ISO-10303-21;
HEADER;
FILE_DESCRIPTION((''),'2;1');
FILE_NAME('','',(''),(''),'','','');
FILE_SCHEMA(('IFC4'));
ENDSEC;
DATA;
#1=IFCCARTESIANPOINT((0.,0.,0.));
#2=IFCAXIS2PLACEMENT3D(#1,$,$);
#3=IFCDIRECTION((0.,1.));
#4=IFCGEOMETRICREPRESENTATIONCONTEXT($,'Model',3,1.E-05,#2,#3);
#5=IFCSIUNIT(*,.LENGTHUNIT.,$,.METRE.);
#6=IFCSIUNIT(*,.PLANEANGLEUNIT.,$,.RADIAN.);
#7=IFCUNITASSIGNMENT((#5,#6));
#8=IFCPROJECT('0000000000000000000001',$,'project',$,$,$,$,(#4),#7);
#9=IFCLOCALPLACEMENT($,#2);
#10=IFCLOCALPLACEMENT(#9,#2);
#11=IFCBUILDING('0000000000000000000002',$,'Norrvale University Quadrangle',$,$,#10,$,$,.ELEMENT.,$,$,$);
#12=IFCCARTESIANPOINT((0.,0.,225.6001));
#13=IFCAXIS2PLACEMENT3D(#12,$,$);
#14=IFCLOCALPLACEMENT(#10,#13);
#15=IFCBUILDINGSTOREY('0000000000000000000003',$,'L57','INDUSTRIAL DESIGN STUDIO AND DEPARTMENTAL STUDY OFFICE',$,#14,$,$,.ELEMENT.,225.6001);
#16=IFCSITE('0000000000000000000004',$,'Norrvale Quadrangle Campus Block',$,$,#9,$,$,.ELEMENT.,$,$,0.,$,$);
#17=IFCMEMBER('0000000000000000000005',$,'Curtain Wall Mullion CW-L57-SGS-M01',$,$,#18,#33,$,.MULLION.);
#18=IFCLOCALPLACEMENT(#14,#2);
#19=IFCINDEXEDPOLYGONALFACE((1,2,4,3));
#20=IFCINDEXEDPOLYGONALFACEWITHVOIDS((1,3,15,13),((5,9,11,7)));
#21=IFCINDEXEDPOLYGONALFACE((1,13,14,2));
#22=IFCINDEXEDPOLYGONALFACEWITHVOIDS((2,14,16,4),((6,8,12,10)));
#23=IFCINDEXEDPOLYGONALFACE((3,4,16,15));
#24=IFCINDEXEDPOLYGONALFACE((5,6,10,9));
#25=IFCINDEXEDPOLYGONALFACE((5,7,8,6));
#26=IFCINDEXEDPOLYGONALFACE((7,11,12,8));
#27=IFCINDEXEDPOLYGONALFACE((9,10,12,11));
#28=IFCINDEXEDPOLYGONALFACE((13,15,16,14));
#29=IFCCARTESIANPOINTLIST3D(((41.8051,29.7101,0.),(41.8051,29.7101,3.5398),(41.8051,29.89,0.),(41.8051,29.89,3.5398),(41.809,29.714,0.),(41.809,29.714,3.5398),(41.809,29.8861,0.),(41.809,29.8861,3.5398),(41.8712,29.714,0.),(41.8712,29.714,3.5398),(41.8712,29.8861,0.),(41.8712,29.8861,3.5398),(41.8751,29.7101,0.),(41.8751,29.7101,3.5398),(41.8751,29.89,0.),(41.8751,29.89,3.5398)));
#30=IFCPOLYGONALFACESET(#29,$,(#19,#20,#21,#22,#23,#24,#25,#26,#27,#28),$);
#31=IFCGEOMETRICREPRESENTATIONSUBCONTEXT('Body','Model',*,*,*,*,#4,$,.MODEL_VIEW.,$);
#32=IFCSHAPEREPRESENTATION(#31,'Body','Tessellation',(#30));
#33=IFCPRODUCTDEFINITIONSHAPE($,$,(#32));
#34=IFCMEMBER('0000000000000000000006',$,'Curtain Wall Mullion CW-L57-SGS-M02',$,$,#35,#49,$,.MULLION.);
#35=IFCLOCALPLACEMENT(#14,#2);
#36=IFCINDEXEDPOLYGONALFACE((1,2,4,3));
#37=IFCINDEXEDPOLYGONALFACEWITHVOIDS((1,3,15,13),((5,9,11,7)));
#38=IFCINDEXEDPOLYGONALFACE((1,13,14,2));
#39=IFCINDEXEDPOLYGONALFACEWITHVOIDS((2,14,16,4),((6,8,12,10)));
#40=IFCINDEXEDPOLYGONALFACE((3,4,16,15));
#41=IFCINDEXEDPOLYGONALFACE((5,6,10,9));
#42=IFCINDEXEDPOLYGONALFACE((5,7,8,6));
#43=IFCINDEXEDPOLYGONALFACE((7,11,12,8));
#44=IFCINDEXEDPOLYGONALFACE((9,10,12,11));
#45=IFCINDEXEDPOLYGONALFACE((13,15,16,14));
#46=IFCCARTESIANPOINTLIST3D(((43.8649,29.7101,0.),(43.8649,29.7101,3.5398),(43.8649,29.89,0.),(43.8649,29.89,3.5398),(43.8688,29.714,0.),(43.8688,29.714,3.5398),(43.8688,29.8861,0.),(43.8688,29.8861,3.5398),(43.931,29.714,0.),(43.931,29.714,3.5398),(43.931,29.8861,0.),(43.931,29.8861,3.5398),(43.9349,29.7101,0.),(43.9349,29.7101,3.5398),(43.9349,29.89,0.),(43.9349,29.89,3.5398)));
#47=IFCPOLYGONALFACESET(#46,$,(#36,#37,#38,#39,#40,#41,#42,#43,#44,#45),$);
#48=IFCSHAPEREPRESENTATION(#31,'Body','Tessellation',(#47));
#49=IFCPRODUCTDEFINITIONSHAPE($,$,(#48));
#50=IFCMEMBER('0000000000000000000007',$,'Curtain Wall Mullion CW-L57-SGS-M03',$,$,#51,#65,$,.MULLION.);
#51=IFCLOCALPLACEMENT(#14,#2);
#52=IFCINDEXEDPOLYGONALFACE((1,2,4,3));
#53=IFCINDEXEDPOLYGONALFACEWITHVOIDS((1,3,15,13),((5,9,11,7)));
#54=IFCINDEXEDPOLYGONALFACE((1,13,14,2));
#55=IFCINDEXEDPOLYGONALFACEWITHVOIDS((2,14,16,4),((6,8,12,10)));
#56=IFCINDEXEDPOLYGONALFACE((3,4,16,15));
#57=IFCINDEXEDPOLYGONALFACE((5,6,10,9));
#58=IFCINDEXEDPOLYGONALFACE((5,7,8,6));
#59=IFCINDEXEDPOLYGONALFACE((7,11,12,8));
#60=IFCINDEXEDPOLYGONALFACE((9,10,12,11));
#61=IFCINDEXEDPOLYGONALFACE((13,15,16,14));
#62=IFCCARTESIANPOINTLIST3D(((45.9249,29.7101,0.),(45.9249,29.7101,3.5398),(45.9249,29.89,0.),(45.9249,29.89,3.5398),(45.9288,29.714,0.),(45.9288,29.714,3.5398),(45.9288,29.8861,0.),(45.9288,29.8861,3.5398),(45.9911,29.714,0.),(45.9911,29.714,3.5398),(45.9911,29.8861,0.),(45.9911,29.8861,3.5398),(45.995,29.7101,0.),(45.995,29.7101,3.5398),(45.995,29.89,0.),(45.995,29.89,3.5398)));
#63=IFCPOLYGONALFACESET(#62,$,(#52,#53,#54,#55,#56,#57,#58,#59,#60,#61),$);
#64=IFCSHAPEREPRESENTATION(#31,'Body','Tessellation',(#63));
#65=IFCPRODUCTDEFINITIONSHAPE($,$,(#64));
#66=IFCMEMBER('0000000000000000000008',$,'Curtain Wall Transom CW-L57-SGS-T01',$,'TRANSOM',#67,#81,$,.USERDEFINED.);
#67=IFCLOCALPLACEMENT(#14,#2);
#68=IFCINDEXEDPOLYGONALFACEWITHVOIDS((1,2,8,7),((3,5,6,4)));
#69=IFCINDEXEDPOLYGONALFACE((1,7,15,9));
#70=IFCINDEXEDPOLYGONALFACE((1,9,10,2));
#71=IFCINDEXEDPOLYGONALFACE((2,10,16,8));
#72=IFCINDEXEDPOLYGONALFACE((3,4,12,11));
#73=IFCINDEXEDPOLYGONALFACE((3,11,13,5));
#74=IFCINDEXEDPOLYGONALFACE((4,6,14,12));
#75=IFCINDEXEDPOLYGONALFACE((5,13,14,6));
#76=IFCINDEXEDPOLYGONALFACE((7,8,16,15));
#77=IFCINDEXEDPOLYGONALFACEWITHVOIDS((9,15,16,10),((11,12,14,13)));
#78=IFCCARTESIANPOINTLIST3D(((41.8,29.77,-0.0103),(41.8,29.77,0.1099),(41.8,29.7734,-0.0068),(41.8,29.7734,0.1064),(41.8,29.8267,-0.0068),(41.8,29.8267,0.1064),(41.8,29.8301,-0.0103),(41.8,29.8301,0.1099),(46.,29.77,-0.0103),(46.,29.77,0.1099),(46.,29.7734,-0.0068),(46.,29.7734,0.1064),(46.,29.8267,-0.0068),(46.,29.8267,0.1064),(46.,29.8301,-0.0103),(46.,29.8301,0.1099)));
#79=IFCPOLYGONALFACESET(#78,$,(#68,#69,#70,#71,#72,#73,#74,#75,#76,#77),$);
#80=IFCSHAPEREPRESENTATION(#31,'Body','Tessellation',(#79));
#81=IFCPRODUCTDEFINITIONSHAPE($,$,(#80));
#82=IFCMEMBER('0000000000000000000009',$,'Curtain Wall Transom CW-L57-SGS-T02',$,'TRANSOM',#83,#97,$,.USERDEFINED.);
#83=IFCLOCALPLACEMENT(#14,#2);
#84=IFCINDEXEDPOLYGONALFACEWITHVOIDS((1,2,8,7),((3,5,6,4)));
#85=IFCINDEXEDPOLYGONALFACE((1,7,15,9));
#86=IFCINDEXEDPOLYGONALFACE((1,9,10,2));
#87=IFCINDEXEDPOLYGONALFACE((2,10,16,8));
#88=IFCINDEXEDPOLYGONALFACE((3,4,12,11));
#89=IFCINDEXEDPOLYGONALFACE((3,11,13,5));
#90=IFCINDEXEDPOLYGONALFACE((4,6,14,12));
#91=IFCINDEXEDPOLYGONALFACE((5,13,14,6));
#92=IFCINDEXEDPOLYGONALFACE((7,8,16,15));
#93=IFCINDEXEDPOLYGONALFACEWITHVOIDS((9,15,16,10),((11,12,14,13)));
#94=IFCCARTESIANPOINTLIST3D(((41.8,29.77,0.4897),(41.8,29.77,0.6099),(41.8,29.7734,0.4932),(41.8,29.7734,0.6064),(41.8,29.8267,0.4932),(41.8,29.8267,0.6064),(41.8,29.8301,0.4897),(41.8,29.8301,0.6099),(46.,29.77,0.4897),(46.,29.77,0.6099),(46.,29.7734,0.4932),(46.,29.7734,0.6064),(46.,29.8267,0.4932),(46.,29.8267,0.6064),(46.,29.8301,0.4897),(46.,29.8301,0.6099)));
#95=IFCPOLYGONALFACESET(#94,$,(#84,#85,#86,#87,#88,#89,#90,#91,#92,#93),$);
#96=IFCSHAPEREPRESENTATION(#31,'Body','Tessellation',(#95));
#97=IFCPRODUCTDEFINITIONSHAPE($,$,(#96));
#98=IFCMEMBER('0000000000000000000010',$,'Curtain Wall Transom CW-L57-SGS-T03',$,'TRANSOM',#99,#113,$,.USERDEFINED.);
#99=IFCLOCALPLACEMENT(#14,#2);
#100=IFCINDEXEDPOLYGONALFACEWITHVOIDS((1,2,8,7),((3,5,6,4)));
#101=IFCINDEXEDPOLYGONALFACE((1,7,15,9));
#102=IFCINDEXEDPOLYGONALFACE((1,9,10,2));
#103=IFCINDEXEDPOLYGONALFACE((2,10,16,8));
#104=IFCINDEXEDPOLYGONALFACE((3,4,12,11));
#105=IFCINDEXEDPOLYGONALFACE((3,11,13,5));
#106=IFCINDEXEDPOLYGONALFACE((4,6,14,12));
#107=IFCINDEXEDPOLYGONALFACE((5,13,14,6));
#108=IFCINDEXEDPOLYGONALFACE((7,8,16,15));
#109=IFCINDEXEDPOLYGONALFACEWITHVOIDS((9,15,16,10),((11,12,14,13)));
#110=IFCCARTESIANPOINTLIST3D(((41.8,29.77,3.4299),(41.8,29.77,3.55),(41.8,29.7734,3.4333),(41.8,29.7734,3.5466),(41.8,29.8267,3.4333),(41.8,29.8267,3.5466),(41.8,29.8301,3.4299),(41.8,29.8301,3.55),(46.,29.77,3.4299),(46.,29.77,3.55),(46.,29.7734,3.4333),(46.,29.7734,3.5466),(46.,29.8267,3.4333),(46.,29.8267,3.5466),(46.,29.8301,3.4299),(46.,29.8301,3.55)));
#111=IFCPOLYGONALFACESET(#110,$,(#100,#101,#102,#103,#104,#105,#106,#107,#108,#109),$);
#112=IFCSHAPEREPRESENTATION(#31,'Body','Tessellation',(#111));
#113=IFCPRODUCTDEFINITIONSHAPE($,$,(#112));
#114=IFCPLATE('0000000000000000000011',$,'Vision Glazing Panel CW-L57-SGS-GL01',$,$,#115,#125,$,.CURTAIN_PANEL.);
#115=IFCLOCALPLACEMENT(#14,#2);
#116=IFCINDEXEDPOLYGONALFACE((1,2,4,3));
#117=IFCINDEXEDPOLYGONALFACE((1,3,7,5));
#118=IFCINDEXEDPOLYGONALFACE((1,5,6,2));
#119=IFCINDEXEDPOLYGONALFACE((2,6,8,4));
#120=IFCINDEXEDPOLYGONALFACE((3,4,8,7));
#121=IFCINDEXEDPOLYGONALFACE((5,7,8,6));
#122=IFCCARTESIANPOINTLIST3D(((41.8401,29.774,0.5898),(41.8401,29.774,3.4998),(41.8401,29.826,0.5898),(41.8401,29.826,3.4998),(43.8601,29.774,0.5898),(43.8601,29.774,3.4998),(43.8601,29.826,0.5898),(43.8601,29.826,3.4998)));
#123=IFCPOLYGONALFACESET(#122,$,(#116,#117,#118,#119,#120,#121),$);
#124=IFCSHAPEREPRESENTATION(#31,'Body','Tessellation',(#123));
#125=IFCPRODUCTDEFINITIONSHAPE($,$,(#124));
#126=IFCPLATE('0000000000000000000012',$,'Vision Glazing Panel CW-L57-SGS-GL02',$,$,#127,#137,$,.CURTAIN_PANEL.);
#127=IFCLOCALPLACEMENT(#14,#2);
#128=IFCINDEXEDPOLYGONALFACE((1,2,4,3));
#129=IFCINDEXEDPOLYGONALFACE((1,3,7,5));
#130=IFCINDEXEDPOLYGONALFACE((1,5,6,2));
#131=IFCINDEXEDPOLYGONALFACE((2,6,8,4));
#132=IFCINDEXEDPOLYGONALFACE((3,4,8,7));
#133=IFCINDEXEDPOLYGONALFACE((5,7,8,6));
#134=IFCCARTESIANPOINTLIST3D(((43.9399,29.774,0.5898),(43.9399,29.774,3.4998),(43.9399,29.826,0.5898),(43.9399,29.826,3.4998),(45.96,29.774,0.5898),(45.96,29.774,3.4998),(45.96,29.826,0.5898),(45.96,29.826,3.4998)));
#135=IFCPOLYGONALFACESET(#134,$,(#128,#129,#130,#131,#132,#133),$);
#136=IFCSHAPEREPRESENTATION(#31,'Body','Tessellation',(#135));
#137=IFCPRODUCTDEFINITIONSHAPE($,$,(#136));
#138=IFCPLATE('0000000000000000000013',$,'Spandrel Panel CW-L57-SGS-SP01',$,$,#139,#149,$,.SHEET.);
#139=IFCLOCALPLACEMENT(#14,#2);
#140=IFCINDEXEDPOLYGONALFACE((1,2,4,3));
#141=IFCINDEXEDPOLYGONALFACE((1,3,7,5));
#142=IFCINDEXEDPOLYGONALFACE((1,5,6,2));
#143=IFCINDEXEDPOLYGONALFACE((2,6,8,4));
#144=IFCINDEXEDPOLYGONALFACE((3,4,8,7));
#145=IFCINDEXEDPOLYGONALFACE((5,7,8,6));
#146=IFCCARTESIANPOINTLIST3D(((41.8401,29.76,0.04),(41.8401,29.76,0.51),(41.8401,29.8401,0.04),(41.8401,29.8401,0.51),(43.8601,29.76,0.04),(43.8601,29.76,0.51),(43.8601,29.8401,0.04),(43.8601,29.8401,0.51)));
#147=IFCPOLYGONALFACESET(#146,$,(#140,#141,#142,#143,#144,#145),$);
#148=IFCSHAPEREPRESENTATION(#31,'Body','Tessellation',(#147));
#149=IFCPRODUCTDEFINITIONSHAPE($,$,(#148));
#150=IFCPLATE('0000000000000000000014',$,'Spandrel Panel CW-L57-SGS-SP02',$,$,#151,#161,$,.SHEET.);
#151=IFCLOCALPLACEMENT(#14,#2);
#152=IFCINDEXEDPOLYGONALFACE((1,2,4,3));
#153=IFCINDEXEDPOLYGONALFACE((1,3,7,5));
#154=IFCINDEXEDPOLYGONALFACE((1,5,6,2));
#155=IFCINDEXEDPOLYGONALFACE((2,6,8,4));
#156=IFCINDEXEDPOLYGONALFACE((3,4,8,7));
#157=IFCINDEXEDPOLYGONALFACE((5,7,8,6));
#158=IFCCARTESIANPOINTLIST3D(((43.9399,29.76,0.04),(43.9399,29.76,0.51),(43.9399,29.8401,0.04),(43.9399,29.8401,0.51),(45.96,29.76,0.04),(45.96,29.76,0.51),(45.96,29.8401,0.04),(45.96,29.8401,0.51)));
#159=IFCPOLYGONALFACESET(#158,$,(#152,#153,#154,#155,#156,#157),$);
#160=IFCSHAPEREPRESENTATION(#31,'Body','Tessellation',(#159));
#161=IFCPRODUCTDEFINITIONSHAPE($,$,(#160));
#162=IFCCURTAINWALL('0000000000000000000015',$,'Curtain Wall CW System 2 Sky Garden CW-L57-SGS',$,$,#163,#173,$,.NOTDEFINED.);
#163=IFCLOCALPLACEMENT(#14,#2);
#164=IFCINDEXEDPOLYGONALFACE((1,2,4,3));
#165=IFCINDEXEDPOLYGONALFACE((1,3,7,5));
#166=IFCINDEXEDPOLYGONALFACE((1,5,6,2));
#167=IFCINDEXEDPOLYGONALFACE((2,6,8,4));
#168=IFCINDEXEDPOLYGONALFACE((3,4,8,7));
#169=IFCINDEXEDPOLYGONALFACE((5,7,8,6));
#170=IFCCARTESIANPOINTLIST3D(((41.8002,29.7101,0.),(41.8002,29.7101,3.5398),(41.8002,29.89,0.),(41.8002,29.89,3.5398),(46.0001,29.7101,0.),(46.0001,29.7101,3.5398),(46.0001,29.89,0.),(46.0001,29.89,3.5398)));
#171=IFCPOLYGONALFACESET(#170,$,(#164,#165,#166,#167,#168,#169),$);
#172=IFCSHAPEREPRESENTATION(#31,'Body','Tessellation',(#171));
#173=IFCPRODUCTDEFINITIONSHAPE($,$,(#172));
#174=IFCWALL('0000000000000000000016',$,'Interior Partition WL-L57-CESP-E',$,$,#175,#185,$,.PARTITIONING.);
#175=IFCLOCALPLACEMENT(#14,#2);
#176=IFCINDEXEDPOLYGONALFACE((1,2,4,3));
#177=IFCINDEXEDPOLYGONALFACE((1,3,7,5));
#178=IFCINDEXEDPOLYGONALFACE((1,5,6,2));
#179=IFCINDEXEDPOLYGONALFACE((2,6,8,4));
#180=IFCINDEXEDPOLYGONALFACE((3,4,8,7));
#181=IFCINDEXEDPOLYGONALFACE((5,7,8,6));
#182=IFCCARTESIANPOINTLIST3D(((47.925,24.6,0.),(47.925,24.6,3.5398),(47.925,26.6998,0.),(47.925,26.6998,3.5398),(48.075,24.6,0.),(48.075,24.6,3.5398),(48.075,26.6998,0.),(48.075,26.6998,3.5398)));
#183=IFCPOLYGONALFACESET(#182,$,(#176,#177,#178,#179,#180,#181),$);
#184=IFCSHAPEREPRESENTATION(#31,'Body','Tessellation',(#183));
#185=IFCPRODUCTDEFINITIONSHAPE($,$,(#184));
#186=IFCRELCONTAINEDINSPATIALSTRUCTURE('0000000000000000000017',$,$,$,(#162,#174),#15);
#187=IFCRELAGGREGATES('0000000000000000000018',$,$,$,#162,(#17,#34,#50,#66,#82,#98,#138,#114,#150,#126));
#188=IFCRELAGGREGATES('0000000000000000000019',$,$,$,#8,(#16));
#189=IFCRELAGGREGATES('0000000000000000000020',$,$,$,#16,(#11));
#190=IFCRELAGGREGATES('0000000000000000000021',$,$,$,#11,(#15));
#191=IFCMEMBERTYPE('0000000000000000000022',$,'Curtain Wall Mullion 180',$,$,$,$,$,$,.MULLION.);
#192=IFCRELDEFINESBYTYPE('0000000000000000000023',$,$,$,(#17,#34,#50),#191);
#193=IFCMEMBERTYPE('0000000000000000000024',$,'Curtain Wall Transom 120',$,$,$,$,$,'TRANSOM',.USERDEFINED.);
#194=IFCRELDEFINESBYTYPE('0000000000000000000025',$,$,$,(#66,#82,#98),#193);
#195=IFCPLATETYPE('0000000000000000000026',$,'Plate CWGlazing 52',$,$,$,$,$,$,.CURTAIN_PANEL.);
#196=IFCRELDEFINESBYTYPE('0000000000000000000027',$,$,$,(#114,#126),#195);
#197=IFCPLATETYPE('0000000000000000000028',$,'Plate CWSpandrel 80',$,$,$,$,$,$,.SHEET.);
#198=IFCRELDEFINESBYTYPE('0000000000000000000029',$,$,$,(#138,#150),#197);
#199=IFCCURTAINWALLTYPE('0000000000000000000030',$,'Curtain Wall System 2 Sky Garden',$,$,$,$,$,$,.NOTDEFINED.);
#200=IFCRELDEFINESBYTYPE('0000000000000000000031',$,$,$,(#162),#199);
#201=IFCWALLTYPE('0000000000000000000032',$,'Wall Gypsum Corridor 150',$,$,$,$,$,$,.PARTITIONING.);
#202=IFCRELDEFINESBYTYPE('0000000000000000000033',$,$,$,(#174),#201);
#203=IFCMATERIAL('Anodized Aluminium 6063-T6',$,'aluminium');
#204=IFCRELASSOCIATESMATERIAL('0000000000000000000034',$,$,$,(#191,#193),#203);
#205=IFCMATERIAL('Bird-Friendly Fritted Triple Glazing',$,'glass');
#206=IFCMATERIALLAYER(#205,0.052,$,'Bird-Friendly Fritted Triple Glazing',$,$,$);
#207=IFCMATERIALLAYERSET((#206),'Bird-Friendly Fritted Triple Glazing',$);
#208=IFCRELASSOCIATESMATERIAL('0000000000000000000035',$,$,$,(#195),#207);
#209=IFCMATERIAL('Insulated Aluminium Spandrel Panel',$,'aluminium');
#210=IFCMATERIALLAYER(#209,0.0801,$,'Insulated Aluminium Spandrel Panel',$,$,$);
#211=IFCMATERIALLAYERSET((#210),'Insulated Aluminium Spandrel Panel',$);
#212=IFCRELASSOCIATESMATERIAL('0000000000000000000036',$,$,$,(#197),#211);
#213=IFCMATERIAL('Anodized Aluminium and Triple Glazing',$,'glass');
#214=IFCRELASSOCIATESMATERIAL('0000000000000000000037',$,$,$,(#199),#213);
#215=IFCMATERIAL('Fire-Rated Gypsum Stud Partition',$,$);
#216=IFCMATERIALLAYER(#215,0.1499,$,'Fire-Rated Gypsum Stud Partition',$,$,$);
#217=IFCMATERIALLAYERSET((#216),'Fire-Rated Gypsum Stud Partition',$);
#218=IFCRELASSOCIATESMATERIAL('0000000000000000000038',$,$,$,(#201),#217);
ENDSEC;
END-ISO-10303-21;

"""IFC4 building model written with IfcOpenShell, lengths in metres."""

from ifc_helpers import new_model, si_unit, direction, frame, frame_2d, origin, origin_2d, place, context, subcontext, project, spatial, rectangle, hollow_rectangle, extrude, material, layer, layer_set, material_profile, profile_set, type_object, element, aggregate, save


model = new_model("IFC4")

# Units and contexts
model_context = context("Model", 3, precision=1e-05, world=origin(), true_north=direction((0.0, 1.0)))
body_context = subcontext(model_context, "Body", "Model", "MODEL_VIEW")
ifc_project = project(units=[si_unit("LENGTHUNIT", "METRE"), si_unit("PLANEANGLEUNIT", "RADIAN")], contexts=[model_context])

# Site, building, storey
site_placement = place(None, origin())
site = spatial("IfcSite", under=ifc_project, at=site_placement, Name="Norrvale Quadrangle Campus Block", CompositionType="ELEMENT", RefElevation=0.0)
building_placement = place(site_placement, origin())
building = spatial("IfcBuilding", under=site, at=building_placement, Name="Norrvale University Quadrangle", CompositionType="ELEMENT")
storey_placement = place(building_placement, frame((0.0, 0.0, 225.6001)))
storey = spatial("IfcBuildingStorey", under=building, at=storey_placement, Name="L57", Description="INDUSTRIAL DESIGN STUDIO AND DEPARTMENTAL STUDY OFFICE", CompositionType="ELEMENT", Elevation=225.6001)

# Members
ifc_material_1 = material(Name="Anodized Aluminium 6063-T6", Category="aluminium")
ifc_material_profile_1 = material_profile(ifc_material_1, hollow_rectangle(XDim=0.0701, YDim=0.1799, WallThickness=0.0039, at=origin_2d()), Name="Anodized Aluminium 6063-T6")
ifc_profile_set_1 = profile_set([ifc_material_profile_1], Name="Anodized Aluminium 6063-T6")
member_type_1 = type_object("IfcMemberType", Name="Curtain Wall Mullion 180", PredefinedType="MULLION", material=ifc_profile_set_1)
member_1_placement = place(storey_placement, frame((41.8401, 29.8, 0.0), z_axis=(0.0, 0.0, 1.0), x_axis=(1.0, 0.0, 0.0)))
member_1 = element("IfcMember", 1, at=member_1_placement, type_object=member_type_1, Name="Curtain Wall Mullion CW-L57-SGS-M01", PredefinedType="MULLION", context=body_context, shape_type="SweptSolid", body=[
    extrude(hollow_rectangle(XDim=0.0701, YDim=0.1799, WallThickness=0.0039, at=origin_2d()), origin(), (0.0, 0.0, 1.0), 3.5398),
])
member_2_placement = place(storey_placement, frame((43.8999, 29.8, 0.0), z_axis=(0.0, 0.0, 1.0), x_axis=(1.0, 0.0, 0.0)))
member_2 = element("IfcMember", 2, at=member_2_placement, type_object=member_type_1, Name="Curtain Wall Mullion CW-L57-SGS-M02", PredefinedType="MULLION", context=body_context, shape_type="SweptSolid", body=[
    extrude(hollow_rectangle(XDim=0.0701, YDim=0.1799, WallThickness=0.0039, at=origin_2d()), origin(), (0.0, 0.0, 1.0), 3.5398),
])
member_3_placement = place(storey_placement, frame((45.96, 29.8, 0.0), z_axis=(0.0, 0.0, 1.0), x_axis=(1.0, 0.0, 0.0)))
member_3 = element("IfcMember", 3, at=member_3_placement, type_object=member_type_1, Name="Curtain Wall Mullion CW-L57-SGS-M03", PredefinedType="MULLION", context=body_context, shape_type="SweptSolid", body=[
    extrude(hollow_rectangle(XDim=0.0701, YDim=0.1799, WallThickness=0.0039, at=origin_2d()), origin(), (0.0, 0.0, 1.0), 3.5398),
])
ifc_material_profile_2 = material_profile(ifc_material_1, hollow_rectangle(XDim=0.0601, YDim=0.1201, WallThickness=0.0034, at=origin_2d()), Name="Anodized Aluminium 6063-T6")
ifc_profile_set_2 = profile_set([ifc_material_profile_2], Name="Anodized Aluminium 6063-T6")
member_type_2 = type_object("IfcMemberType", Name="Curtain Wall Transom 120", ElementType="TRANSOM", PredefinedType="USERDEFINED", material=ifc_profile_set_2)
member_4_placement = place(storey_placement, frame((41.8, 29.8, 0.0498), z_axis=(1.0, 0.0, 0.0), x_axis=(0.0, 1.0, 0.0)))
member_4 = element("IfcMember", 4, at=member_4_placement, type_object=member_type_2, Name="Curtain Wall Transom CW-L57-SGS-T01", ObjectType="TRANSOM", PredefinedType="USERDEFINED", context=body_context, shape_type="SweptSolid", body=[
    extrude(hollow_rectangle(XDim=0.0601, YDim=0.1201, WallThickness=0.0034, at=origin_2d()), origin(), (0.0, 0.0, 1.0), 4.2),
])
member_5_placement = place(storey_placement, frame((41.8, 29.8, 0.5498), z_axis=(1.0, 0.0, 0.0), x_axis=(0.0, 1.0, 0.0)))
member_5 = element("IfcMember", 5, at=member_5_placement, type_object=member_type_2, Name="Curtain Wall Transom CW-L57-SGS-T02", ObjectType="TRANSOM", PredefinedType="USERDEFINED", context=body_context, shape_type="SweptSolid", body=[
    extrude(hollow_rectangle(XDim=0.0601, YDim=0.1201, WallThickness=0.0034, at=origin_2d()), origin(), (0.0, 0.0, 1.0), 4.2),
])
member_6_placement = place(storey_placement, frame((41.8, 29.8, 3.49), z_axis=(1.0, 0.0, 0.0), x_axis=(0.0, 1.0, 0.0)))
member_6 = element("IfcMember", 6, at=member_6_placement, type_object=member_type_2, Name="Curtain Wall Transom CW-L57-SGS-T03", ObjectType="TRANSOM", PredefinedType="USERDEFINED", context=body_context, shape_type="SweptSolid", body=[
    extrude(hollow_rectangle(XDim=0.0601, YDim=0.1201, WallThickness=0.0034, at=origin_2d()), origin(), (0.0, 0.0, 1.0), 4.2),
])

# Plates
ifc_material_2 = material(Name="Bird-Friendly Fritted Triple Glazing", Category="glass")
ifc_layer_1 = layer(ifc_material_2, 0.052, Name="Bird-Friendly Fritted Triple Glazing")
ifc_layer_set_1 = layer_set([ifc_layer_1], Name="Bird-Friendly Fritted Triple Glazing")
plate_type_1 = type_object("IfcPlateType", Name="Plate CWGlazing 52", PredefinedType="CURTAIN_PANEL", material=ifc_layer_set_1)
plate_1_placement = place(storey_placement, frame((42.8501, 29.8, 0.5898), z_axis=(0.0, 0.0, 1.0), x_axis=(1.0, 0.0, 0.0)))
plate_1 = element("IfcPlate", 7, at=plate_1_placement, type_object=plate_type_1, Name="Vision Glazing Panel CW-L57-SGS-GL01", PredefinedType="CURTAIN_PANEL", context=body_context, shape_type="SweptSolid", body=[
    extrude(rectangle(XDim=2.02, YDim=0.052, at=origin_2d()), origin(), (0.0, 0.0, 1.0), 2.9099),
])
plate_2_placement = place(storey_placement, frame((44.95, 29.8, 0.5898), z_axis=(0.0, 0.0, 1.0), x_axis=(1.0, 0.0, 0.0)))
plate_2 = element("IfcPlate", 8, at=plate_2_placement, type_object=plate_type_1, Name="Vision Glazing Panel CW-L57-SGS-GL02", PredefinedType="CURTAIN_PANEL", context=body_context, shape_type="SweptSolid", body=[
    extrude(rectangle(XDim=2.02, YDim=0.052, at=origin_2d()), origin(), (0.0, 0.0, 1.0), 2.9099),
])
ifc_material_3 = material(Name="Insulated Aluminium Spandrel Panel", Category="aluminium")
ifc_layer_2 = layer(ifc_material_3, 0.0801, Name="Insulated Aluminium Spandrel Panel")
ifc_layer_set_2 = layer_set([ifc_layer_2], Name="Insulated Aluminium Spandrel Panel")
plate_type_2 = type_object("IfcPlateType", Name="Plate CWSpandrel 80", PredefinedType="SHEET", material=ifc_layer_set_2)
plate_3_placement = place(storey_placement, frame((42.8501, 29.8, 0.04), z_axis=(0.0, 0.0, 1.0), x_axis=(1.0, 0.0, 0.0)))
plate_3 = element("IfcPlate", 9, at=plate_3_placement, type_object=plate_type_2, Name="Spandrel Panel CW-L57-SGS-SP01", PredefinedType="SHEET", context=body_context, shape_type="SweptSolid", body=[
    extrude(rectangle(XDim=2.02, YDim=0.0801, at=origin_2d()), origin(), (0.0, 0.0, 1.0), 0.47),
])
plate_4_placement = place(storey_placement, frame((44.95, 29.8, 0.04), z_axis=(0.0, 0.0, 1.0), x_axis=(1.0, 0.0, 0.0)))
plate_4 = element("IfcPlate", 10, at=plate_4_placement, type_object=plate_type_2, Name="Spandrel Panel CW-L57-SGS-SP02", PredefinedType="SHEET", context=body_context, shape_type="SweptSolid", body=[
    extrude(rectangle(XDim=2.02, YDim=0.0801, at=origin_2d()), origin(), (0.0, 0.0, 1.0), 0.47),
])

# Curtain wall
ifc_material_4 = material(Name="Anodized Aluminium and Triple Glazing", Category="glass")
curtain_wall_type = type_object("IfcCurtainWallType", Name="Curtain Wall System 2 Sky Garden", PredefinedType="NOTDEFINED", material=ifc_material_4)
curtain_wall_placement = place(storey_placement, frame((41.8, 29.8, 0.0), z_axis=(0.0, 0.0, 1.0), x_axis=(1.0, 0.0, 0.0)))
curtain_wall = element("IfcCurtainWall", 11, at=curtain_wall_placement, inside=storey, type_object=curtain_wall_type, Name="Curtain Wall CW System 2 Sky Garden CW-L57-SGS", PredefinedType="NOTDEFINED", context=body_context, shape_type="SweptSolid", body=[
    extrude(rectangle(XDim=4.2, YDim=0.1799, at=frame_2d((2.1001, 0.0))), origin(), (0.0, 0.0, 1.0), 3.5398),
])
aggregate(curtain_wall, [member_1, member_2, member_3, member_4, member_5, member_6, plate_3, plate_1, plate_4, plate_2])

# Wall
ifc_material_5 = material(Name="Fire-Rated Gypsum Stud Partition")
ifc_layer_3 = layer(ifc_material_5, 0.1499, Name="Fire-Rated Gypsum Stud Partition")
ifc_layer_set_3 = layer_set([ifc_layer_3], Name="Fire-Rated Gypsum Stud Partition")
wall_type = type_object("IfcWallType", Name="Wall Gypsum Corridor 150", PredefinedType="PARTITIONING", material=ifc_layer_set_3)
wall_placement = place(storey_placement, frame((48.0, 24.6001, 0.0), z_axis=(0.0, 0.0, 1.0), x_axis=(0.0, 1.0, 0.0)))
element("IfcWall", 12, at=wall_placement, inside=storey, type_object=wall_type, Name="Interior Partition WL-L57-CESP-E", PredefinedType="PARTITIONING", context=body_context, shape_type="SweptSolid", body=[
    extrude(rectangle(XDim=2.0999, YDim=0.1499, at=frame_2d((1.0498, 0.0))), origin(), (0.0, 0.0, 1.0), 3.5398),
])

save(model, "model.ifc")
